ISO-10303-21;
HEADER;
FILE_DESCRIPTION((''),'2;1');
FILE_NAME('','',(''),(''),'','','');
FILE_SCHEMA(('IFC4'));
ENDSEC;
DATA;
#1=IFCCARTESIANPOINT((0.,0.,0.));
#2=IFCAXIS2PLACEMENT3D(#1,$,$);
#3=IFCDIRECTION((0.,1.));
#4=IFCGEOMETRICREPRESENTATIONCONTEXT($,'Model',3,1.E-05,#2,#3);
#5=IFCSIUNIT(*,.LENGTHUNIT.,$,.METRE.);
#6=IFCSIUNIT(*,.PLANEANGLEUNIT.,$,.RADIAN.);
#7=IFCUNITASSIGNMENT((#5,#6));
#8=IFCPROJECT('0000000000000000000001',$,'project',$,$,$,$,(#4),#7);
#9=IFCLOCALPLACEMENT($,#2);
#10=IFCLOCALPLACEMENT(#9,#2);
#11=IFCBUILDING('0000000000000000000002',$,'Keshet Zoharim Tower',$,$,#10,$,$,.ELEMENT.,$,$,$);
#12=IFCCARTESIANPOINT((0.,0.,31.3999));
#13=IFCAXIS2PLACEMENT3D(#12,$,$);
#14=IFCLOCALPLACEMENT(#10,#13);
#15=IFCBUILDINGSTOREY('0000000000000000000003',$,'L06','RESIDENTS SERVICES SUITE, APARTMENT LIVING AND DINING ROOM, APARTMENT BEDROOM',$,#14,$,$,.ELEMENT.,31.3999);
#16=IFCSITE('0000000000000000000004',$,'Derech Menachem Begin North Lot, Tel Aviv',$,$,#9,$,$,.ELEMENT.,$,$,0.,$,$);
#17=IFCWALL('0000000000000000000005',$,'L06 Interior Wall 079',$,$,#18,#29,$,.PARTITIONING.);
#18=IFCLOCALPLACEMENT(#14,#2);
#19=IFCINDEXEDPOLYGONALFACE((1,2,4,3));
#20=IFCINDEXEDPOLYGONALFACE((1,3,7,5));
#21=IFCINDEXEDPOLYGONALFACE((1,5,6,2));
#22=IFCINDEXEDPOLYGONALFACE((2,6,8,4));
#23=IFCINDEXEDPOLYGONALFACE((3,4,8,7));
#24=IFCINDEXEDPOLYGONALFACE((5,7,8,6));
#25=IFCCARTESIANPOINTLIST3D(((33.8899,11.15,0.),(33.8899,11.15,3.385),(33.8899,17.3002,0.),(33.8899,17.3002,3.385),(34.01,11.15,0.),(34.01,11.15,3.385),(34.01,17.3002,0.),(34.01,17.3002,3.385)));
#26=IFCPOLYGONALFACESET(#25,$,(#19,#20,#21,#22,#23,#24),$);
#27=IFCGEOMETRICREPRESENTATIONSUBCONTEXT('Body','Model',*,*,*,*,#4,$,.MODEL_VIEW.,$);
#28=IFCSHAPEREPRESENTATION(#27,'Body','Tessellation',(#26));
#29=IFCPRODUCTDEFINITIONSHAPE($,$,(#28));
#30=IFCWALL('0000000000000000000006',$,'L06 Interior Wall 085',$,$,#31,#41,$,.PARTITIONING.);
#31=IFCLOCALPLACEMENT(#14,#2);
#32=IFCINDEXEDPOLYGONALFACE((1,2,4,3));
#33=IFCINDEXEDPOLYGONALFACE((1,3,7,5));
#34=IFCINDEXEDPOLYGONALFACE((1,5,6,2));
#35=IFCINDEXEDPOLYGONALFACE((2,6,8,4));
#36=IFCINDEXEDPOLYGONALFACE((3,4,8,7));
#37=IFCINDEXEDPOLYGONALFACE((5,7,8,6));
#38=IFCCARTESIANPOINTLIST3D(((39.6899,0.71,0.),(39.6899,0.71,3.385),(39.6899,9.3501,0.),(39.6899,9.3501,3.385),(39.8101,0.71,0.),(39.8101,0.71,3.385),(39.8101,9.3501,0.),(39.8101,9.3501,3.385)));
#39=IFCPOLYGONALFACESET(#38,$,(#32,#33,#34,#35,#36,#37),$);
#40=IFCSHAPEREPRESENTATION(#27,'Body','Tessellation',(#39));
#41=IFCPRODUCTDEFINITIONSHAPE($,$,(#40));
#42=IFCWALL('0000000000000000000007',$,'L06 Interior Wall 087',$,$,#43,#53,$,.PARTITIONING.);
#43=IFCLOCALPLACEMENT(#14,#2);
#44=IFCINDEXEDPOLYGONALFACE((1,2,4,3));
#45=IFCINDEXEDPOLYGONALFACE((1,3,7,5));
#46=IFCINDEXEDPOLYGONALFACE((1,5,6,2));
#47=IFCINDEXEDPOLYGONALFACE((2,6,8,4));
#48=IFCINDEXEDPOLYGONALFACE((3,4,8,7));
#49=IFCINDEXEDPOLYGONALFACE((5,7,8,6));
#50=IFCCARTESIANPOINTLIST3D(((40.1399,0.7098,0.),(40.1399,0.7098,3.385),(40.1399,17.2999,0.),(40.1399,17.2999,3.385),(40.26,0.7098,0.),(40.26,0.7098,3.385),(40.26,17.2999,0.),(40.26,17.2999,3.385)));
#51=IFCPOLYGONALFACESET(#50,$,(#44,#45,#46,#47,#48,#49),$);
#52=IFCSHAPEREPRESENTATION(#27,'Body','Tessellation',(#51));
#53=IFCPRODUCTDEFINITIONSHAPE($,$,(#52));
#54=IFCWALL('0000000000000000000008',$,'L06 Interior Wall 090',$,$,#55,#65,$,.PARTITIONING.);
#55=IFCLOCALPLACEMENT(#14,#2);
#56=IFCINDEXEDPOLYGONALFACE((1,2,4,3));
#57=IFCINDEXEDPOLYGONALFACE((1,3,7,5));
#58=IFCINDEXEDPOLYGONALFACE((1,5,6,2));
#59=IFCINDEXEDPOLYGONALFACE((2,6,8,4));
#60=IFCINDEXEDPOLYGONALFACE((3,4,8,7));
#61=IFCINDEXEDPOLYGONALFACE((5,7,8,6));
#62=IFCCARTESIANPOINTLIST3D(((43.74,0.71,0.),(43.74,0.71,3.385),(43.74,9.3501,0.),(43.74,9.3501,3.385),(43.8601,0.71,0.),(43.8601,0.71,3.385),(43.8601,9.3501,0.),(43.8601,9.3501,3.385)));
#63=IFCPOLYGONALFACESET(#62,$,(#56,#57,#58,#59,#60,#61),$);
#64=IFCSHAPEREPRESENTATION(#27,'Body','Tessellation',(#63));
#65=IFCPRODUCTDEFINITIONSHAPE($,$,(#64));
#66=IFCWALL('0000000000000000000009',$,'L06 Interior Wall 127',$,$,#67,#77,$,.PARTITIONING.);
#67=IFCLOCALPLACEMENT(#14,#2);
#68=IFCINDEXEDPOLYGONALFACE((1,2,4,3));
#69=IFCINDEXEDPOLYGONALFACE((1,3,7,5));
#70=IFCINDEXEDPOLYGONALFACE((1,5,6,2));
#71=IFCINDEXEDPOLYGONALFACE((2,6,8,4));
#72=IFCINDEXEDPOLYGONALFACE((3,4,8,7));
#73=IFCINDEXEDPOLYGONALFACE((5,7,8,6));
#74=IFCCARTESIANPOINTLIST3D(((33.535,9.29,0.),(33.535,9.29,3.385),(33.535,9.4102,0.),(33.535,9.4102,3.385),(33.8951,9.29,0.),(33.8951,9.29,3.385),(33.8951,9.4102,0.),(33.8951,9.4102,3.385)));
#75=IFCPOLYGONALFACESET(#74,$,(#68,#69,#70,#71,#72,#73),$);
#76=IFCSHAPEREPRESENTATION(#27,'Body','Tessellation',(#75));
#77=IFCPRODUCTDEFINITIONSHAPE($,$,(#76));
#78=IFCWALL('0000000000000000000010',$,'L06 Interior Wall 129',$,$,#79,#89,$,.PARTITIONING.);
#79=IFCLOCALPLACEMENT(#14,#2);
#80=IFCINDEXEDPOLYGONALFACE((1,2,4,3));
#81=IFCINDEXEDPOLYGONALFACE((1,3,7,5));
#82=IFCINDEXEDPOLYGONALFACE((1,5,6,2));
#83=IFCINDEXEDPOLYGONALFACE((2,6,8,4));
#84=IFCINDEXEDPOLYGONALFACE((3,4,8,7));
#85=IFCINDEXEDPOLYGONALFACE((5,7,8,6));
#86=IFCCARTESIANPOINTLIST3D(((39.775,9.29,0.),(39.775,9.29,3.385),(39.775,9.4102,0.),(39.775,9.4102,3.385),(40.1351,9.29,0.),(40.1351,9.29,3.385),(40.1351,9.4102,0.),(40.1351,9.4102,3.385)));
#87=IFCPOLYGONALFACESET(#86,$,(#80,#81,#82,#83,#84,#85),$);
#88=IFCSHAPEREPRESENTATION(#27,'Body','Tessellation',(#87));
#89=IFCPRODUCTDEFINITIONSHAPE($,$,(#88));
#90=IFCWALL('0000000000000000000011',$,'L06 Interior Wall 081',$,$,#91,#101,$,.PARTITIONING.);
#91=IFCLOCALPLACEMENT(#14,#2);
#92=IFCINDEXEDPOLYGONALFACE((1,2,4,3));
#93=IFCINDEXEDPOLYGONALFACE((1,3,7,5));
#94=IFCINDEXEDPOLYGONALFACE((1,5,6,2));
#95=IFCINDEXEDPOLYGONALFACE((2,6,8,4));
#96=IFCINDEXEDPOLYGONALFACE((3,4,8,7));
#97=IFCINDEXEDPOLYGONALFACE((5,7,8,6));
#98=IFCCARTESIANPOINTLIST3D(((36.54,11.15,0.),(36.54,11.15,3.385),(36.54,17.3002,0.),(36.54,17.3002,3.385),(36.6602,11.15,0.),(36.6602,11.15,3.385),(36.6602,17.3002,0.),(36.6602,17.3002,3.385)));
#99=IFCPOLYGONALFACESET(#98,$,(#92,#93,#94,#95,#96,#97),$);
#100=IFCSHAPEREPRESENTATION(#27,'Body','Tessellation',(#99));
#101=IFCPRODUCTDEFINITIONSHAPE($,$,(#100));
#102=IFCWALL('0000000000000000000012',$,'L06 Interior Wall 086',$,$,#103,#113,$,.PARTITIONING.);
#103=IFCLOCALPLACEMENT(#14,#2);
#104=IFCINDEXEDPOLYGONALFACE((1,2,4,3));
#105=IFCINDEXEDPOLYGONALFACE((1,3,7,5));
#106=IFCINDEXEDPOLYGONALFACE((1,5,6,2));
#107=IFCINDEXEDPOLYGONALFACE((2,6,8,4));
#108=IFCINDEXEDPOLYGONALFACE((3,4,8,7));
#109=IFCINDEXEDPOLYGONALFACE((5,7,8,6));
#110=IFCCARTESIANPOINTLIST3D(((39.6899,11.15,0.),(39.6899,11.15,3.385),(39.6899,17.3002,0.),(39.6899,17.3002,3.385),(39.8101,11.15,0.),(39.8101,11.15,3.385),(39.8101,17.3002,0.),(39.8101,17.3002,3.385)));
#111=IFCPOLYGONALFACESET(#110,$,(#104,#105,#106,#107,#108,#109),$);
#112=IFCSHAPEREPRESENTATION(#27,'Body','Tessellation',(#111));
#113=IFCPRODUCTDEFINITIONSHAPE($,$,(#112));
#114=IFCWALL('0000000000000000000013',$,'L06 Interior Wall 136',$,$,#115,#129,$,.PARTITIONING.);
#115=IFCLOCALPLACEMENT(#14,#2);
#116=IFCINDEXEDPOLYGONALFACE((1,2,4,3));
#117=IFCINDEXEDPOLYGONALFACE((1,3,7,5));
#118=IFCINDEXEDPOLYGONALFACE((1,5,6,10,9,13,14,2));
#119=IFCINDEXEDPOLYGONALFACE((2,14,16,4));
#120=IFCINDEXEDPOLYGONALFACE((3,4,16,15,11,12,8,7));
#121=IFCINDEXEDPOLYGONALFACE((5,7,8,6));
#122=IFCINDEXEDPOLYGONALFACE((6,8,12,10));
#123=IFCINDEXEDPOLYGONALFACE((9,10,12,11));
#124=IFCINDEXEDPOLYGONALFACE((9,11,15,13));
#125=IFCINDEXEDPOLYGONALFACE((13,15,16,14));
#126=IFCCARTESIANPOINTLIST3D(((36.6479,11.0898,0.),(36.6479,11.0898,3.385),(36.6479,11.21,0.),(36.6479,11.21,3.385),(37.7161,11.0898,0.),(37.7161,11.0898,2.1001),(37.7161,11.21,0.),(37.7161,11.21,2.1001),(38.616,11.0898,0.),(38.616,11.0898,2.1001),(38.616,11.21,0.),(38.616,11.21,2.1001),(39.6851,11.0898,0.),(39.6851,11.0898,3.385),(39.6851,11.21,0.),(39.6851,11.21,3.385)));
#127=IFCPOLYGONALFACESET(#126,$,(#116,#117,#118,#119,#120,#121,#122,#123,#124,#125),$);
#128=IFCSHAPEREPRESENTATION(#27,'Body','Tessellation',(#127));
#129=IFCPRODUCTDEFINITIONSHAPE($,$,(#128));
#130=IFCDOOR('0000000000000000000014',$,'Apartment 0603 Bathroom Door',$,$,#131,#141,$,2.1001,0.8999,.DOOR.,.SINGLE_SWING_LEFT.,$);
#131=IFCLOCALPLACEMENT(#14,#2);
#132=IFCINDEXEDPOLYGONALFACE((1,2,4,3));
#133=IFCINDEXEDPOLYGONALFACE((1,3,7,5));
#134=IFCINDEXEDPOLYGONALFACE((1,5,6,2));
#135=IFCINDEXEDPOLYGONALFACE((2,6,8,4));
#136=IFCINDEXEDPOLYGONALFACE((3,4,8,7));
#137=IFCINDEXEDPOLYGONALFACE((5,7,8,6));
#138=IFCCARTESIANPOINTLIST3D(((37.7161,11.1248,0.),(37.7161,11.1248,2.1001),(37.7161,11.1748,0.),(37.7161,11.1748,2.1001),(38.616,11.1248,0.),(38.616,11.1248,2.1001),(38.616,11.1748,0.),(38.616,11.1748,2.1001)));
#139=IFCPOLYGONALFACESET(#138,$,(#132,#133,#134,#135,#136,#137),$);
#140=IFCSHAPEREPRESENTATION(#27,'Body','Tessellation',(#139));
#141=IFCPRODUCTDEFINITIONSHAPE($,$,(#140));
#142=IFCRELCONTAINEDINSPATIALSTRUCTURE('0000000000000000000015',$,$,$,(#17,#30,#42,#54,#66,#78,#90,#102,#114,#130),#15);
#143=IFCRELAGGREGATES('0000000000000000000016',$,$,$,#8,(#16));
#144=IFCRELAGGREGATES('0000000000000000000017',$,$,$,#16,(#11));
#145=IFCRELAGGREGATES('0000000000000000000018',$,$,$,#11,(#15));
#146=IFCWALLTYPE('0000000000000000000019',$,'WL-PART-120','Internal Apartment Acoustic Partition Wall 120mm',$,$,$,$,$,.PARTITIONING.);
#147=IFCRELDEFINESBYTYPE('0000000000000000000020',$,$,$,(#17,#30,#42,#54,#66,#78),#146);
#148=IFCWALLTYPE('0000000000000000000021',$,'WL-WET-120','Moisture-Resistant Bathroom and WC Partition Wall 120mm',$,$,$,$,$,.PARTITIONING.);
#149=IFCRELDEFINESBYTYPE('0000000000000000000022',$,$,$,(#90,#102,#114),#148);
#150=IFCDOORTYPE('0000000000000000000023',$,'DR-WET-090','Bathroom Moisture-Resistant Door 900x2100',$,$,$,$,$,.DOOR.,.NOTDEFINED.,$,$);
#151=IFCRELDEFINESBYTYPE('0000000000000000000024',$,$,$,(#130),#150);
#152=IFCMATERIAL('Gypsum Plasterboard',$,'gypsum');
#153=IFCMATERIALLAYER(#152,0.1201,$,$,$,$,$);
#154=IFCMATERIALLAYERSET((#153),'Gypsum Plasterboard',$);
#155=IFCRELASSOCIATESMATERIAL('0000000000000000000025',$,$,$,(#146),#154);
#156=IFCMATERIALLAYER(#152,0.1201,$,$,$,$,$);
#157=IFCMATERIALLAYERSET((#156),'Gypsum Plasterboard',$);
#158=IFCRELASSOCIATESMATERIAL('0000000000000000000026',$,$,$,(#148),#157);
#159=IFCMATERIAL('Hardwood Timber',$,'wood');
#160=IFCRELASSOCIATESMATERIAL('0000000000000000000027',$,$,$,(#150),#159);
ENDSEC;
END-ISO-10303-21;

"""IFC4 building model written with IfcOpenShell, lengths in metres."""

from ifc_helpers import new_model, si_unit, direction, frame, frame_2d, origin, place, context, subcontext, project, spatial, rectangle, extrude, material, layer, layer_set, type_object, element, fill, save


model = new_model("IFC4")

# Units and contexts
model_context = context("Model", 3, precision=1e-05, world=origin(), true_north=direction((0.0, 1.0)))
body_context = subcontext(model_context, "Body", "Model", "MODEL_VIEW")
ifc_project = project(units=[si_unit("LENGTHUNIT", "METRE"), si_unit("PLANEANGLEUNIT", "RADIAN")], contexts=[model_context])

# Site, building, storey
site_placement = place(None, origin())
site = spatial("IfcSite", under=ifc_project, at=site_placement, Name="Derech Menachem Begin North Lot, Tel Aviv", CompositionType="ELEMENT", RefElevation=0.0)
building_placement = place(site_placement, origin())
building = spatial("IfcBuilding", under=site, at=building_placement, Name="Keshet Zoharim Tower", CompositionType="ELEMENT")
storey_placement = place(building_placement, frame((0.0, 0.0, 31.3999)))
storey = spatial("IfcBuildingStorey", under=building, at=storey_placement, Name="L06", Description="RESIDENTS SERVICES SUITE, APARTMENT LIVING AND DINING ROOM, APARTMENT BEDROOM", CompositionType="ELEMENT", Elevation=31.3999)

# Shared definitions
ifc_material_1 = material(Name="Gypsum Plasterboard", Category="gypsum")

# Shared definitions
ifc_material_2 = material(Name="Hardwood Timber", Category="wood")

# Walls
ifc_layer_1 = layer(ifc_material_1, 0.1201)
ifc_layer_set_1 = layer_set([ifc_layer_1], Name="Gypsum Plasterboard")
wall_type_1 = type_object("IfcWallType", Name="WL-PART-120", Description="Internal Apartment Acoustic Partition Wall 120mm", PredefinedType="PARTITIONING", material=ifc_layer_set_1)
wall_1_placement = place(storey_placement, frame((33.95, 11.1499, 0.0), z_axis=(0.0, 0.0, 1.0), x_axis=(0.0, 1.0, 0.0)))
element("IfcWall", 1, at=wall_1_placement, inside=storey, type_object=wall_type_1, Name="L06 Interior Wall 079", PredefinedType="PARTITIONING", context=body_context, shape_type="SweptSolid", body=[
    extrude(rectangle(XDim=6.1501, YDim=0.1201, at=frame_2d((3.0752, 0.0))), origin(), (0.0, 0.0, 1.0), 3.385),
])
wall_2_placement = place(storey_placement, frame((39.75, 0.71, 0.0), z_axis=(0.0, 0.0, 1.0), x_axis=(0.0, 1.0, 0.0)))
element("IfcWall", 2, at=wall_2_placement, inside=storey, type_object=wall_type_1, Name="L06 Interior Wall 085", PredefinedType="PARTITIONING", context=body_context, shape_type="SweptSolid", body=[
    extrude(rectangle(XDim=8.6401, YDim=0.1201, at=frame_2d((4.3201, 0.0))), origin(), (0.0, 0.0, 1.0), 3.385),
])
wall_3_placement = place(storey_placement, frame((40.2, 0.71, 0.0), z_axis=(0.0, 0.0, 1.0), x_axis=(0.0, 1.0, 0.0)))
element("IfcWall", 3, at=wall_3_placement, inside=storey, type_object=wall_type_1, Name="L06 Interior Wall 087", PredefinedType="PARTITIONING", context=body_context, shape_type="SweptSolid", body=[
    extrude(rectangle(XDim=16.5901, YDim=0.1201, at=frame_2d((8.2949, 0.0))), origin(), (0.0, 0.0, 1.0), 3.385),
])
wall_4_placement = place(storey_placement, frame((43.8, 0.71, 0.0), z_axis=(0.0, 0.0, 1.0), x_axis=(0.0, 1.0, 0.0)))
element("IfcWall", 4, at=wall_4_placement, inside=storey, type_object=wall_type_1, Name="L06 Interior Wall 090", PredefinedType="PARTITIONING", context=body_context, shape_type="SweptSolid", body=[
    extrude(rectangle(XDim=8.6401, YDim=0.1201, at=frame_2d((4.3201, 0.0))), origin(), (0.0, 0.0, 1.0), 3.385),
])
wall_5_placement = place(storey_placement, frame((33.5349, 9.3501, 0.0), z_axis=(0.0, 0.0, 1.0), x_axis=(1.0, 0.0, 0.0)))
element("IfcWall", 5, at=wall_5_placement, inside=storey, type_object=wall_type_1, Name="L06 Interior Wall 127", PredefinedType="PARTITIONING", context=body_context, shape_type="SweptSolid", body=[
    extrude(rectangle(XDim=0.3601, YDim=0.1201, at=frame_2d((0.1802, 0.0))), origin(), (0.0, 0.0, 1.0), 3.385),
])

# Wall
wall_6_placement = place(storey_placement, frame((39.7749, 9.3501, 0.0), z_axis=(0.0, 0.0, 1.0), x_axis=(1.0, 0.0, 0.0)))
element("IfcWall", 6, at=wall_6_placement, inside=storey, type_object=wall_type_1, Name="L06 Interior Wall 129", PredefinedType="PARTITIONING", context=body_context, shape_type="SweptSolid", body=[
    extrude(rectangle(XDim=0.3601, YDim=0.1201, at=frame_2d((0.1802, 0.0))), origin(), (0.0, 0.0, 1.0), 3.385),
])

# Walls
ifc_layer_2 = layer(ifc_material_1, 0.1201)
ifc_layer_set_2 = layer_set([ifc_layer_2], Name="Gypsum Plasterboard")
wall_type_2 = type_object("IfcWallType", Name="WL-WET-120", Description="Moisture-Resistant Bathroom and WC Partition Wall 120mm", PredefinedType="PARTITIONING", material=ifc_layer_set_2)
for number, where, z_axis, x_axis, name in (
    (7, (36.6001, 11.1499, 0.0), (0.0, 0.0, 1.0), (0.0, 1.0, 0.0), "L06 Interior Wall 081"),
    (8, (39.75, 11.1499, 0.0), (0.0, 0.0, 1.0), (0.0, 1.0, 0.0), "L06 Interior Wall 086"),
):
    element("IfcWall", number, at=place(storey_placement, frame(where, z_axis=z_axis, x_axis=x_axis)), inside=storey, type_object=wall_type_2, Name=name, PredefinedType="PARTITIONING", context=body_context, shape_type="SweptSolid", body=[
        extrude(rectangle(XDim=6.1501, YDim=0.1201, at=frame_2d((3.0752, 0.0))), origin(), (0.0, 0.0, 1.0), 3.385),
    ])

# Wall, opening, door
wall_7_placement = place(storey_placement, frame((36.6479, 11.1499, 0.0), z_axis=(0.0, 0.0, 1.0), x_axis=(1.0, 0.0, 0.0)))
wall_7 = element("IfcWall", 9, at=wall_7_placement, inside=storey, type_object=wall_type_2, Name="L06 Interior Wall 136", PredefinedType="PARTITIONING", context=body_context, shape_type="SweptSolid", body=[
    extrude(rectangle(XDim=3.0371, YDim=0.1201, at=frame_2d((1.5186, 0.0))), origin(), (0.0, 0.0, 1.0), 3.385),
])
opening_1_placement = place(wall_7_placement, frame((1.0681, 0.0, 0.0)))
opening_1 = element("IfcOpeningElement", 10, at=opening_1_placement, cuts=wall_7, PredefinedType="OPENING", context=body_context, shape_type="SweptSolid", body=[
    extrude(rectangle(XDim=0.8999, YDim=2.1001, at=frame_2d((0.45, 1.05))), frame((0.0, 0.0701, 0.0), z_axis=(0.0, -1.0, 0.0), x_axis=(1.0, 0.0, 0.0)), (0.0, 0.0, 1.0), 0.1401),
])
door_type_1 = type_object("IfcDoorType", Name="DR-WET-090", Description="Bathroom Moisture-Resistant Door 900x2100", OperationType="NOTDEFINED", PredefinedType="DOOR", material=ifc_material_2)
door_1_placement = place(opening_1_placement, origin())
door_1 = element("IfcDoor", 11, at=door_1_placement, inside=storey, type_object=door_type_1, Name="Apartment 0603 Bathroom Door", OperationType="SINGLE_SWING_LEFT", OverallHeight=2.1001, OverallWidth=0.8999, PredefinedType="DOOR", context=body_context, shape_type="SweptSolid", body=[
    extrude(rectangle(XDim=0.8999, YDim=2.1001, at=frame_2d((0.45, 1.05))), frame((0.0, 0.0249, 0.0), z_axis=(0.0, -1.0, 0.0), x_axis=(1.0, 0.0, 0.0)), (0.0, 0.0, 1.0), 0.05),
])
fill(opening_1, door_1)

save(model, "model.ifc")
